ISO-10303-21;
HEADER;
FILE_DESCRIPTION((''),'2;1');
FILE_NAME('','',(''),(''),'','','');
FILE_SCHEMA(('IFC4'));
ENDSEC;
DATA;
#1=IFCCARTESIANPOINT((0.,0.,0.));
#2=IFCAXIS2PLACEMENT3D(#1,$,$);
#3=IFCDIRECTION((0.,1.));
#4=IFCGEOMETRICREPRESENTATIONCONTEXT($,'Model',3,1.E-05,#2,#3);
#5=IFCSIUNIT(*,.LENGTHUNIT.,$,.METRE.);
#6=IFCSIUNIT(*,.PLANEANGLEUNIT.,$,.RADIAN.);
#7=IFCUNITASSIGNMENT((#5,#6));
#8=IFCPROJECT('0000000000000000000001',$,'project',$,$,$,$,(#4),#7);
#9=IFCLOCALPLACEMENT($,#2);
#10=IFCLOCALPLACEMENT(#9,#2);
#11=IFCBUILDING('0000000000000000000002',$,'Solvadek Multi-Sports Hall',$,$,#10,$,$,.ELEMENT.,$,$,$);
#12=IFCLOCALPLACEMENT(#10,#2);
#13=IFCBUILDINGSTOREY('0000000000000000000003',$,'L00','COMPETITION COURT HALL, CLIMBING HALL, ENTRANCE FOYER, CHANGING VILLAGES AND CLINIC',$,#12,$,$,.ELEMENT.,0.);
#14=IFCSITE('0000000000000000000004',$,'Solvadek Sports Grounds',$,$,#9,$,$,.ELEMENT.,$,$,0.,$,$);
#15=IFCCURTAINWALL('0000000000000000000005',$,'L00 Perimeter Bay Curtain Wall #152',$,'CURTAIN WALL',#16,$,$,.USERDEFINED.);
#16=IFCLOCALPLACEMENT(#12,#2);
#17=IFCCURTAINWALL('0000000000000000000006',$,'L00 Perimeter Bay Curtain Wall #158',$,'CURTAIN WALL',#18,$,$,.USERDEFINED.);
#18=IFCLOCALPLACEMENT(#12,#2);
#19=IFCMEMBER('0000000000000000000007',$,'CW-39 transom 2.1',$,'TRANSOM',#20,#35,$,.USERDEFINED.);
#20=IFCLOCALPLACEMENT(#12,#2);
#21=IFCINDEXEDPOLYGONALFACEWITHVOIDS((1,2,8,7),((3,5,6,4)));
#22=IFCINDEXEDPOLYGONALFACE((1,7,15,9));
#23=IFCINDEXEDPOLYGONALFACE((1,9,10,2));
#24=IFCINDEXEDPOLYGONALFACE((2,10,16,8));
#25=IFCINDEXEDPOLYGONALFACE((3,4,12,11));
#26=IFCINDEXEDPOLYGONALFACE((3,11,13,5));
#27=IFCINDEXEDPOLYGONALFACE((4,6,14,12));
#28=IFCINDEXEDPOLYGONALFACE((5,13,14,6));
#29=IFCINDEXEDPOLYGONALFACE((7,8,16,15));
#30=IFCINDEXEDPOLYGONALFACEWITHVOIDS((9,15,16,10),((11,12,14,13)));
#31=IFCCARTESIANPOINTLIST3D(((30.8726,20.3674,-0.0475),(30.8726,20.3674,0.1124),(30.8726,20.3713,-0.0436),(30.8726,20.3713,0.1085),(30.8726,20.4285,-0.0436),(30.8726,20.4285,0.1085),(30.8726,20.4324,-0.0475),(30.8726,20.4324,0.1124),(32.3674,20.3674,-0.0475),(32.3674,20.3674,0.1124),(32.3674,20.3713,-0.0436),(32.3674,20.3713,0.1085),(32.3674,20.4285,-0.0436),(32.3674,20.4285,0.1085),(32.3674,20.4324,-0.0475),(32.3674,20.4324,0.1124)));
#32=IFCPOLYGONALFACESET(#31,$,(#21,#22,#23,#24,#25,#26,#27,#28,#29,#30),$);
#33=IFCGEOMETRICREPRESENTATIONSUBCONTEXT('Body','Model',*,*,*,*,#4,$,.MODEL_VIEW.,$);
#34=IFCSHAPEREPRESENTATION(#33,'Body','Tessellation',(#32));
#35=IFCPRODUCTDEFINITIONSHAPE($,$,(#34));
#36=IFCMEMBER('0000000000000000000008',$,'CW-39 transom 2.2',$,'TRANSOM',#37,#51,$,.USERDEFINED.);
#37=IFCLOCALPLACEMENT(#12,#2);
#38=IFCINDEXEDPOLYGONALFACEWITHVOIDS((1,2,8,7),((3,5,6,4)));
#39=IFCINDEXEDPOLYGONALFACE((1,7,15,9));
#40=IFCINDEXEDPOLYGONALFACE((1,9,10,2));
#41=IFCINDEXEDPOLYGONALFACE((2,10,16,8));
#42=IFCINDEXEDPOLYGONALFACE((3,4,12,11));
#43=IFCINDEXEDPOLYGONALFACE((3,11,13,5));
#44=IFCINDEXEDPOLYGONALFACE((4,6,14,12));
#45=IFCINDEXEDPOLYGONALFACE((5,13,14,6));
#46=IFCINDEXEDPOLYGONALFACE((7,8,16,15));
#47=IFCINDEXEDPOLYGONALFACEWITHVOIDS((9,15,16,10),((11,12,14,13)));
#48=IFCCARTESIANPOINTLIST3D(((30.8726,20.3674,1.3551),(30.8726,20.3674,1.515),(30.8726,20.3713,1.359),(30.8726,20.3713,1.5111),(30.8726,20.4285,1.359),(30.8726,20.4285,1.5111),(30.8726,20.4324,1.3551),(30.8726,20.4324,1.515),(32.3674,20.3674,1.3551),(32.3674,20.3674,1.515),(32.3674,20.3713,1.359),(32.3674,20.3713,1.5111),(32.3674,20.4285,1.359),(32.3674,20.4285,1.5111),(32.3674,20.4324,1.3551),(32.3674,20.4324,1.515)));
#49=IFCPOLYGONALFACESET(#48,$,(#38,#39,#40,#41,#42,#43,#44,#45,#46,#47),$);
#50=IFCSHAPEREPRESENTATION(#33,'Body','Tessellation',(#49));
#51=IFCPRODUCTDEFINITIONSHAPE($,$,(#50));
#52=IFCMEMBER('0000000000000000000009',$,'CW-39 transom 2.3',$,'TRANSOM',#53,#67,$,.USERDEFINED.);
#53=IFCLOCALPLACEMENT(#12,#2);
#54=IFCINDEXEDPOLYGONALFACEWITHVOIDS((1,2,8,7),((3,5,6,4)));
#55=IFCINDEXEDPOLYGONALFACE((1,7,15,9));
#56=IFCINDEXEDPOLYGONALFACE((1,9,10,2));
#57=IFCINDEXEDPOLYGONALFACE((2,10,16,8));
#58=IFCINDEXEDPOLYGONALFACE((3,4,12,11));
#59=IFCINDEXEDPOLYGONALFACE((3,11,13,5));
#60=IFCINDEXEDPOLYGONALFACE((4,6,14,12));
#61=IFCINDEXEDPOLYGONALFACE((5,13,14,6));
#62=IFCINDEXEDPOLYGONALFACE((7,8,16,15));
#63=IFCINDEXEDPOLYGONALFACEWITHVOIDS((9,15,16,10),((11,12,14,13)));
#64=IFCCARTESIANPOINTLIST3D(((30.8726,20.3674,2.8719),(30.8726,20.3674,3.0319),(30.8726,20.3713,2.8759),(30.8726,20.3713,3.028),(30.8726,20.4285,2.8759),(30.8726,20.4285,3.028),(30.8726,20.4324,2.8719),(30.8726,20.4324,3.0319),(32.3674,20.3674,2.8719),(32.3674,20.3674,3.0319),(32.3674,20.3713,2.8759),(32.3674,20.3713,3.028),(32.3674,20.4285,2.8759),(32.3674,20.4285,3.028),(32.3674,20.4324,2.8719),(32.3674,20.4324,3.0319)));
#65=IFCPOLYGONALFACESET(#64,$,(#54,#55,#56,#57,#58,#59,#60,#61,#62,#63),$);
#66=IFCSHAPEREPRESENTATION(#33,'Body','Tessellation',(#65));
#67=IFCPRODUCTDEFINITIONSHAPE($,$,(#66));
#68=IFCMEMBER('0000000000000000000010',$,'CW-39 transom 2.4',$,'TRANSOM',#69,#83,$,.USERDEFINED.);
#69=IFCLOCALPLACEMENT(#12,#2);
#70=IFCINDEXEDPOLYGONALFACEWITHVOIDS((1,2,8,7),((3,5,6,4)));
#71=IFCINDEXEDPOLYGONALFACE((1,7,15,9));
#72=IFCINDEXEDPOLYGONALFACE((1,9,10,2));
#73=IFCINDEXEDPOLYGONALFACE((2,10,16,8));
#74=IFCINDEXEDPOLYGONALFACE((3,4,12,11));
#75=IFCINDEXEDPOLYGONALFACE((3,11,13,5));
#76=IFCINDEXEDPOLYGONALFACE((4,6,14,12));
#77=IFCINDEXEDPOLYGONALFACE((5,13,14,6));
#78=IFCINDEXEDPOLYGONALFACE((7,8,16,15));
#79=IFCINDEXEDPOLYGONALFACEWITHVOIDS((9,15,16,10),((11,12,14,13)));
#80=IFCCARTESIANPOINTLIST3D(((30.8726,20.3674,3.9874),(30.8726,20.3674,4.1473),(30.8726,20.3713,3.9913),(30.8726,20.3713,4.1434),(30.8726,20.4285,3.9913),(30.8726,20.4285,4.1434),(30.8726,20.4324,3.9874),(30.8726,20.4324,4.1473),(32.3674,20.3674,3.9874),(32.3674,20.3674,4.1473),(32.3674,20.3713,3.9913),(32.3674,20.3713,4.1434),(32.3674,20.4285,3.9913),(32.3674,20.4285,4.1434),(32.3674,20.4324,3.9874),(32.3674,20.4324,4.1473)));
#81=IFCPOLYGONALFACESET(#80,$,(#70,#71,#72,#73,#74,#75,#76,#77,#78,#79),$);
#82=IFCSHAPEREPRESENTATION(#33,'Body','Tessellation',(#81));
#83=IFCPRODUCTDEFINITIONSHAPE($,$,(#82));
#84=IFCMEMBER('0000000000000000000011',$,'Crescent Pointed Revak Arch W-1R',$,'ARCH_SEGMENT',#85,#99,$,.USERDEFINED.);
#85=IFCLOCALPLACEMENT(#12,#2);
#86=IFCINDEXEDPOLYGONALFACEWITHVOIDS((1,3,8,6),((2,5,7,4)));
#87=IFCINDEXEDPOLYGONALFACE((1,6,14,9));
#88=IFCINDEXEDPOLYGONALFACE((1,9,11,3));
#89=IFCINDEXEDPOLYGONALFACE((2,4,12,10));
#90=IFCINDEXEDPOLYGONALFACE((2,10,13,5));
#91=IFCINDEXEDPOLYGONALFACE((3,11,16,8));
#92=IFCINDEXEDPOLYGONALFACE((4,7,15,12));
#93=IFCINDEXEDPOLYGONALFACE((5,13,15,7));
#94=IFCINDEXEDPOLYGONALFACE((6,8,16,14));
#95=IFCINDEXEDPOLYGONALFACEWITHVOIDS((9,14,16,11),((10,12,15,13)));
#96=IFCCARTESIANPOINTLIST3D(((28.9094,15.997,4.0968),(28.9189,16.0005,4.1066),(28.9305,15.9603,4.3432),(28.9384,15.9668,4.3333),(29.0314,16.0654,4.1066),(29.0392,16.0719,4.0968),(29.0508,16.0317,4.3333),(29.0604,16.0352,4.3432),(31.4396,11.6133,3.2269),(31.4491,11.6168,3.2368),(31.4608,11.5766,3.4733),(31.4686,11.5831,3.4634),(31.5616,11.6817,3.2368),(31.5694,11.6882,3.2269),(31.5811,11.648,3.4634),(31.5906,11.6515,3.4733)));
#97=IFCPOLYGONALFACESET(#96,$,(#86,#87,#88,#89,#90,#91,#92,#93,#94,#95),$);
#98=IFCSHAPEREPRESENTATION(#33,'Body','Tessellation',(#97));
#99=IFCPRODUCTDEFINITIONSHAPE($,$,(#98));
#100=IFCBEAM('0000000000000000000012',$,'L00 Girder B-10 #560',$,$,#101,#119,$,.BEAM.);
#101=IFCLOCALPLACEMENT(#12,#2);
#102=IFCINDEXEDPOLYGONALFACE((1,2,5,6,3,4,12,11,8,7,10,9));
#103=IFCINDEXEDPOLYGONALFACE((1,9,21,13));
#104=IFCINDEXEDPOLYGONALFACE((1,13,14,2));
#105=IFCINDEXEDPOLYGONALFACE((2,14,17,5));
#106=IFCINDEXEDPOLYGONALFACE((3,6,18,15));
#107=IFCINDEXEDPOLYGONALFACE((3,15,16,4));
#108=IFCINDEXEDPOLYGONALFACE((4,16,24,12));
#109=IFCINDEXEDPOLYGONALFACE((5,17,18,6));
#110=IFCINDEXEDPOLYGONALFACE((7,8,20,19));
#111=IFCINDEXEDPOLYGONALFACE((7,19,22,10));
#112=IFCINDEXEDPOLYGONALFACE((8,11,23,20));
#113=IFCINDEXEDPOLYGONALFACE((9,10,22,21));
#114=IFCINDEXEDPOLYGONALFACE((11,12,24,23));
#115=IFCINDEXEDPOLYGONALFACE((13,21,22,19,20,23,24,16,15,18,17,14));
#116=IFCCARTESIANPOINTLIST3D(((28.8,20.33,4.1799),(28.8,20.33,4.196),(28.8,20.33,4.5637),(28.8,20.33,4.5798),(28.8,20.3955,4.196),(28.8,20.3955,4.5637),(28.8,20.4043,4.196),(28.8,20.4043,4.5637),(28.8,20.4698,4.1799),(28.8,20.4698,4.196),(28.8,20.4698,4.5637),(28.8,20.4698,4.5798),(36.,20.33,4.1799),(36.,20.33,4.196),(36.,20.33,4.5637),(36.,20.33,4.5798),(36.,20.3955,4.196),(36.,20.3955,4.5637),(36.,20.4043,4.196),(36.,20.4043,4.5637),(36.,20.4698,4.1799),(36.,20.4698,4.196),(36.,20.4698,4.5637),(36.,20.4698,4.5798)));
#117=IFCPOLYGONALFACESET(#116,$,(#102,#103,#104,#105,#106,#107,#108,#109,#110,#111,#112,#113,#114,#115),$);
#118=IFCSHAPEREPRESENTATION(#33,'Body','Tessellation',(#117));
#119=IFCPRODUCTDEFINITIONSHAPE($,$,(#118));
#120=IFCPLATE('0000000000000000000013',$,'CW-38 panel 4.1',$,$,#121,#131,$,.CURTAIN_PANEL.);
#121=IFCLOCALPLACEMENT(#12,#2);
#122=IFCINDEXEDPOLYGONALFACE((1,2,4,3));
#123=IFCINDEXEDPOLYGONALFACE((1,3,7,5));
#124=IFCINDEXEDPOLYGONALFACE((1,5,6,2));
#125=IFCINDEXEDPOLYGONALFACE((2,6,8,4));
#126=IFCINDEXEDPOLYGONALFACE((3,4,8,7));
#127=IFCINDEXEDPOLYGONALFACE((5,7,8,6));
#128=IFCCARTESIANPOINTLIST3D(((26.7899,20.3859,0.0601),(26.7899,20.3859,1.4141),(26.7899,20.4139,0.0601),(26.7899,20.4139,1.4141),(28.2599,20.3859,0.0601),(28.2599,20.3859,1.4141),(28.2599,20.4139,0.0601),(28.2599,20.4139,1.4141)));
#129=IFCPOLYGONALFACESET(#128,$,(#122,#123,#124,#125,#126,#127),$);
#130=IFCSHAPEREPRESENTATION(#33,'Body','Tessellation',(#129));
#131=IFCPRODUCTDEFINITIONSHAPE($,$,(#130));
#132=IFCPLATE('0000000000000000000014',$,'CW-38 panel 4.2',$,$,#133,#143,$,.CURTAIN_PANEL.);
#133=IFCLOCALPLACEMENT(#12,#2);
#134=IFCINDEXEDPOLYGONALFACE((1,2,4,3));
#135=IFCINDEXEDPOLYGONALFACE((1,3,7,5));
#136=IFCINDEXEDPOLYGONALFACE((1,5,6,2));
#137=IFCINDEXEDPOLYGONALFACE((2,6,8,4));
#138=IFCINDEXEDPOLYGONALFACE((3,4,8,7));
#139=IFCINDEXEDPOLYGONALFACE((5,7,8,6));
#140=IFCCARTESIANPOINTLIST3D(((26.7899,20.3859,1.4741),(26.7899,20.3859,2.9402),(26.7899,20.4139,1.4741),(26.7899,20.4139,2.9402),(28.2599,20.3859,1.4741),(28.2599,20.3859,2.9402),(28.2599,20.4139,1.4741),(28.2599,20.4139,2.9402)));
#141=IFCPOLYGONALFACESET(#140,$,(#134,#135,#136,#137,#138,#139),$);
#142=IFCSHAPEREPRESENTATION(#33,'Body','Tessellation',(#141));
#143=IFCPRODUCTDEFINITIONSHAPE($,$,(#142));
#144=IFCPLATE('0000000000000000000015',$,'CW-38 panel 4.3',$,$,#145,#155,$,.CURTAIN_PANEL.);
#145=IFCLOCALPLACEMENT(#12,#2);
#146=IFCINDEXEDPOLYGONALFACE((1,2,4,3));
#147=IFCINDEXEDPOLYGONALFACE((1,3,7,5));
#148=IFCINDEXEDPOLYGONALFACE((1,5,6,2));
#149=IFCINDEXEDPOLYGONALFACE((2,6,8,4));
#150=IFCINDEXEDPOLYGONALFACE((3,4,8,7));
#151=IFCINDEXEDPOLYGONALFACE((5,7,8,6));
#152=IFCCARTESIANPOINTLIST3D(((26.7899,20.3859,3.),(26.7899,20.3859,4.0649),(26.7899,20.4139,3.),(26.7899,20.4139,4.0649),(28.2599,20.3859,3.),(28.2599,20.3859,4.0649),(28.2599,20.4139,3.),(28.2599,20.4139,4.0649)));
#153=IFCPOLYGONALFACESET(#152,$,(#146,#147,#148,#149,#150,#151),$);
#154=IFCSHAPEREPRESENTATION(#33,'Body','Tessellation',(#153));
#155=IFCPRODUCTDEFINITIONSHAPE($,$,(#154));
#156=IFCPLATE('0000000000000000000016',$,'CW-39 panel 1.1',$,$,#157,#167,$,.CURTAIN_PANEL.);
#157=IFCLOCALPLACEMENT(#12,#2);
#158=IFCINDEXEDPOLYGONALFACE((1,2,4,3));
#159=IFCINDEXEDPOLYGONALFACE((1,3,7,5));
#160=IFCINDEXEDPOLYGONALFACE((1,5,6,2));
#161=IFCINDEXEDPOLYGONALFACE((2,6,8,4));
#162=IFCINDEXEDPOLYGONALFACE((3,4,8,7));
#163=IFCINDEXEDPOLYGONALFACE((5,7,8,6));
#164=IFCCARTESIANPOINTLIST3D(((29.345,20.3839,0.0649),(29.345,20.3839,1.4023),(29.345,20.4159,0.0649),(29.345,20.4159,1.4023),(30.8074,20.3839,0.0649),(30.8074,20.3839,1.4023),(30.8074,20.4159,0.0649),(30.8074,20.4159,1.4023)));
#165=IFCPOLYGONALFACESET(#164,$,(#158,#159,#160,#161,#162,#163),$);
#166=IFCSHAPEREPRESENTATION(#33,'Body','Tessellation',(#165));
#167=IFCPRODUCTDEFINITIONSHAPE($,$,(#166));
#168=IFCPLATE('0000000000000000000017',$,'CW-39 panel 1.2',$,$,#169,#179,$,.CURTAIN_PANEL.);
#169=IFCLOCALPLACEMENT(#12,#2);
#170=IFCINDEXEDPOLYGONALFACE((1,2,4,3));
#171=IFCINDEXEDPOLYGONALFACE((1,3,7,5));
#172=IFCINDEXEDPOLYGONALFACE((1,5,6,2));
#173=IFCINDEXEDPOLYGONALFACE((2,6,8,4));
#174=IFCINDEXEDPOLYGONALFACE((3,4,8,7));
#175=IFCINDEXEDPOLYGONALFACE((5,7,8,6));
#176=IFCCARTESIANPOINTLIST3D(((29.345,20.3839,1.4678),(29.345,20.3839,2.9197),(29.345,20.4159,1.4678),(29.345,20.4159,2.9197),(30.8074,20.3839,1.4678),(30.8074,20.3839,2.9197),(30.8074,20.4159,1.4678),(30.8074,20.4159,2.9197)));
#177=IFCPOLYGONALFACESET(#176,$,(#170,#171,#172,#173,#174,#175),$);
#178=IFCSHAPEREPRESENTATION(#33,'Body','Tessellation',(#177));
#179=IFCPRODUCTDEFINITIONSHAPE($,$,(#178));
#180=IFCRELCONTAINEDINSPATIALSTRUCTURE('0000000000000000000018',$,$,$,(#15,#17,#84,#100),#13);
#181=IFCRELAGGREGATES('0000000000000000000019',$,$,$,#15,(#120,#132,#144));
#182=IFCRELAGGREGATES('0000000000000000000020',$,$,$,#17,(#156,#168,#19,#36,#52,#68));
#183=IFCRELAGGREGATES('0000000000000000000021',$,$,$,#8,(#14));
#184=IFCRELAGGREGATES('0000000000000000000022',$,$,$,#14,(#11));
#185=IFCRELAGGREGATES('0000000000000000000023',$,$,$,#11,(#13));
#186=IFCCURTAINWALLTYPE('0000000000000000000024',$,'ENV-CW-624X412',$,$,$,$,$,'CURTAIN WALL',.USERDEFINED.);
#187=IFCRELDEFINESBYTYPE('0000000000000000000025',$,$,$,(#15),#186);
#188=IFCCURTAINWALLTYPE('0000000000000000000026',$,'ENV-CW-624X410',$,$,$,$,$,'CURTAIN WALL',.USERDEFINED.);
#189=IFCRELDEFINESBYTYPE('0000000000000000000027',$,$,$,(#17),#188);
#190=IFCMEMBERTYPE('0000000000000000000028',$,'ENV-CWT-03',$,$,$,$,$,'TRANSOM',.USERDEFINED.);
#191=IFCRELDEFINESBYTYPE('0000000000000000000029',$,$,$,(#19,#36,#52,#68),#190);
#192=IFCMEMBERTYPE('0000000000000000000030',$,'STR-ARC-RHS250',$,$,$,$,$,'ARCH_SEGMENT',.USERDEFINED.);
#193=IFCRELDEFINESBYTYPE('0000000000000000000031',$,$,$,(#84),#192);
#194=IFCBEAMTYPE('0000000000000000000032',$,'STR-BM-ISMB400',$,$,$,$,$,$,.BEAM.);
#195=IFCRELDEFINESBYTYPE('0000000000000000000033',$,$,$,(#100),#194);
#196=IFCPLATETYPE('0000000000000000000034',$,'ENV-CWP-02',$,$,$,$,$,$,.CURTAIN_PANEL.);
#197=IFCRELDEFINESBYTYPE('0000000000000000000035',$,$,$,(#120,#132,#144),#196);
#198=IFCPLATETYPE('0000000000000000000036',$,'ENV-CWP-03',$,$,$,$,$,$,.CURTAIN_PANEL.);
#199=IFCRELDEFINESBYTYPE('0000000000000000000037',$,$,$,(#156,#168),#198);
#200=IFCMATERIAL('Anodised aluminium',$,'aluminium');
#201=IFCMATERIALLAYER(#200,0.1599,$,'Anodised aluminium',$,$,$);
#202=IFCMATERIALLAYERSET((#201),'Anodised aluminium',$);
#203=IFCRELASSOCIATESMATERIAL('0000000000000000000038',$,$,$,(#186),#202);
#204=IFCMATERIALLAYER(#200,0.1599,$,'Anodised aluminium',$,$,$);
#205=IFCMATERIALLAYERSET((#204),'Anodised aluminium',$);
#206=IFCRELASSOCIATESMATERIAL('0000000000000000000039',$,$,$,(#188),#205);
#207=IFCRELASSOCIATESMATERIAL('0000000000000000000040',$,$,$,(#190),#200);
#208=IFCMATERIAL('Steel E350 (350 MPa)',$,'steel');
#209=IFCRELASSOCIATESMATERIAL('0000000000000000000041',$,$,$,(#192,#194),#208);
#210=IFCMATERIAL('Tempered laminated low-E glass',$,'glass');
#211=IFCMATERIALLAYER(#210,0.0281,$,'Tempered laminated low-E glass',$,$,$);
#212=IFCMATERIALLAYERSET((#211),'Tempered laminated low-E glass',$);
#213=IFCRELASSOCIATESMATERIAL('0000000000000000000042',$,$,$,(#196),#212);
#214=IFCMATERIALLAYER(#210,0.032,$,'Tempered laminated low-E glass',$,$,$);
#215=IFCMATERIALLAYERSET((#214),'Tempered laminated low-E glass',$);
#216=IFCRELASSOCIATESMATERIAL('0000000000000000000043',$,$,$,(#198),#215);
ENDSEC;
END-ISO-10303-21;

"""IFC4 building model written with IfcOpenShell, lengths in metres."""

from ifc_helpers import new_model, si_unit, direction, frame, origin, origin_2d, place, context, subcontext, project, spatial, rectangle, hollow_rectangle, i_section, extrude, material, layer, layer_set, material_profile, profile_set, type_object, element, aggregate, save


model = new_model("IFC4")

# Units and contexts
model_context = context("Model", 3, precision=1e-05, world=origin(), true_north=direction((0.0, 1.0)))
body_context = subcontext(model_context, "Body", "Model", "MODEL_VIEW")
ifc_project = project(units=[si_unit("LENGTHUNIT", "METRE"), si_unit("PLANEANGLEUNIT", "RADIAN")], contexts=[model_context])

# Site, building, storey
site_placement = place(None, origin())
site = spatial("IfcSite", under=ifc_project, at=site_placement, Name="Solvadek Sports Grounds", CompositionType="ELEMENT", RefElevation=0.0)
building_placement = place(site_placement, origin())
building = spatial("IfcBuilding", under=site, at=building_placement, Name="Solvadek Multi-Sports Hall", CompositionType="ELEMENT")
storey_placement = place(building_placement, origin())
storey = spatial("IfcBuildingStorey", under=building, at=storey_placement, Name="L00", Description="COMPETITION COURT HALL, CLIMBING HALL, ENTRANCE FOYER, CHANGING VILLAGES AND CLINIC", CompositionType="ELEMENT", Elevation=0.0)

# Shared definitions
ifc_material_1 = material(Name="Steel E350 (350 MPa)", Category="steel")

# Curtain wall
ifc_material_2 = material(Name="Anodised aluminium", Category="aluminium")
ifc_layer_1 = layer(ifc_material_2, 0.1599, Name="Anodised aluminium")
ifc_layer_set_1 = layer_set([ifc_layer_1], Name="Anodised aluminium")
curtain_wall_type_1 = type_object("IfcCurtainWallType", Name="ENV-CW-624X412", ElementType="CURTAIN WALL", PredefinedType="USERDEFINED", material=ifc_layer_set_1)
curtain_wall_1_placement = place(storey_placement, origin())
curtain_wall_1 = element("IfcCurtainWall", 1, at=curtain_wall_1_placement, inside=storey, type_object=curtain_wall_type_1, Name="L00 Perimeter Bay Curtain Wall #152", ObjectType="CURTAIN WALL", PredefinedType="USERDEFINED")

# Curtain wall
ifc_layer_2 = layer(ifc_material_2, 0.1599, Name="Anodised aluminium")
ifc_layer_set_2 = layer_set([ifc_layer_2], Name="Anodised aluminium")
curtain_wall_type_2 = type_object("IfcCurtainWallType", Name="ENV-CW-624X410", ElementType="CURTAIN WALL", PredefinedType="USERDEFINED", material=ifc_layer_set_2)
curtain_wall_2_placement = place(storey_placement, origin())
curtain_wall_2 = element("IfcCurtainWall", 2, at=curtain_wall_2_placement, inside=storey, type_object=curtain_wall_type_2, Name="L00 Perimeter Bay Curtain Wall #158", ObjectType="CURTAIN WALL", PredefinedType="USERDEFINED")

# Members
ifc_material_profile_1 = material_profile(ifc_material_2, hollow_rectangle(XDim=0.0649, YDim=0.1599, WallThickness=0.0039, at=origin_2d()), Name="ALU-T 160x65x4")
ifc_profile_set_1 = profile_set([ifc_material_profile_1], Name="Anodised aluminium")
member_type_1 = type_object("IfcMemberType", Name="ENV-CWT-03", ElementType="TRANSOM", PredefinedType="USERDEFINED", material=ifc_profile_set_1)
member_1_placement = place(storey_placement, frame((30.8726, 20.3999, 0.0325), z_axis=(1.0, 0.0, 0.0), x_axis=(0.0, 1.0, 0.0)))
member_1 = element("IfcMember", 3, at=member_1_placement, type_object=member_type_1, Name="CW-39 transom 2.1", ObjectType="TRANSOM", PredefinedType="USERDEFINED", context=body_context, shape_type="SweptSolid", body=[
    extrude(hollow_rectangle(XDim=0.0649, YDim=0.1599, WallThickness=0.0039, at=origin_2d()), origin(), (0.0, 0.0, 1.0), 1.4949),
])
member_2_placement = place(storey_placement, frame((30.8726, 20.3999, 1.4351), z_axis=(1.0, 0.0, 0.0), x_axis=(0.0, 1.0, 0.0)))
member_2 = element("IfcMember", 4, at=member_2_placement, type_object=member_type_1, Name="CW-39 transom 2.2", ObjectType="TRANSOM", PredefinedType="USERDEFINED", context=body_context, shape_type="SweptSolid", body=[
    extrude(hollow_rectangle(XDim=0.0649, YDim=0.1599, WallThickness=0.0039, at=origin_2d()), origin(), (0.0, 0.0, 1.0), 1.4949),
])
member_3_placement = place(storey_placement, frame((30.8726, 20.3999, 2.9519), z_axis=(1.0, 0.0, 0.0), x_axis=(0.0, 1.0, 0.0)))
member_3 = element("IfcMember", 5, at=member_3_placement, type_object=member_type_1, Name="CW-39 transom 2.3", ObjectType="TRANSOM", PredefinedType="USERDEFINED", context=body_context, shape_type="SweptSolid", body=[
    extrude(hollow_rectangle(XDim=0.0649, YDim=0.1599, WallThickness=0.0039, at=origin_2d()), origin(), (0.0, 0.0, 1.0), 1.4949),
])
member_4_placement = place(storey_placement, frame((30.8726, 20.3999, 4.0674), z_axis=(1.0, 0.0, 0.0), x_axis=(0.0, 1.0, 0.0)))
member_4 = element("IfcMember", 6, at=member_4_placement, type_object=member_type_1, Name="CW-39 transom 2.4", ObjectType="TRANSOM", PredefinedType="USERDEFINED", context=body_context, shape_type="SweptSolid", body=[
    extrude(hollow_rectangle(XDim=0.0649, YDim=0.1599, WallThickness=0.0039, at=origin_2d()), origin(), (0.0, 0.0, 1.0), 1.4949),
])
ifc_material_profile_2 = material_profile(ifc_material_1, hollow_rectangle(XDim=0.1499, YDim=0.25, WallThickness=0.01, at=origin_2d()), Name="RHS 250x150x10")
ifc_profile_set_2 = profile_set([ifc_material_profile_2], Name="Steel E350 (350 MPa)")
member_type_2 = type_object("IfcMemberType", Name="STR-ARC-RHS250", ElementType="ARCH_SEGMENT", PredefinedType="USERDEFINED", material=ifc_profile_set_2)
member_5_placement = place(storey_placement, frame((28.9849, 16.0161, 4.22), z_axis=(0.492672, -0.853573, -0.169374), x_axis=(0.866086, 0.499895, 0.0)))
element("IfcMember", 7, at=member_5_placement, inside=storey, type_object=member_type_2, Name="Crescent Pointed Revak Arch W-1R", ObjectType="ARCH_SEGMENT", PredefinedType="USERDEFINED", context=body_context, shape_type="SweptSolid", body=[
    extrude(hollow_rectangle(XDim=0.1499, YDim=0.25, WallThickness=0.01, at=origin_2d()), origin(), (0.0, 0.0, 1.0), 5.1357),
])

# Beam
ifc_material_profile_3 = material_profile(ifc_material_1, i_section(OverallWidth=0.1399, OverallDepth=0.3999, WebThickness=0.0088, FlangeThickness=0.0161, at=origin_2d()), Name="ISMB 400")
ifc_profile_set_3 = profile_set([ifc_material_profile_3], Name="Steel E350 (350 MPa)")
beam_type = type_object("IfcBeamType", Name="STR-BM-ISMB400", PredefinedType="BEAM", material=ifc_profile_set_3)
beam_placement = place(storey_placement, frame((28.8, 20.3999, 4.3799), z_axis=(1.0, 0.0, 0.0), x_axis=(0.0, 1.0, 0.0)))
element("IfcBeam", 8, at=beam_placement, inside=storey, type_object=beam_type, Name="L00 Girder B-10 #560", PredefinedType="BEAM", context=body_context, shape_type="SweptSolid", body=[
    extrude(i_section(OverallWidth=0.1399, OverallDepth=0.3999, WebThickness=0.0088, FlangeThickness=0.0161, at=origin_2d()), origin(), (0.0, 0.0, 1.0), 7.2),
])

# Plates
ifc_material_3 = material(Name="Tempered laminated low-E glass", Category="glass")
ifc_layer_3 = layer(ifc_material_3, 0.0281, Name="Tempered laminated low-E glass")
ifc_layer_set_3 = layer_set([ifc_layer_3], Name="Tempered laminated low-E glass")
plate_type_1 = type_object("IfcPlateType", Name="ENV-CWP-02", PredefinedType="CURTAIN_PANEL", material=ifc_layer_set_3)
plate_1_placement = place(storey_placement, frame((27.5249, 20.3999, 0.0601), z_axis=(0.0, 0.0, 1.0), x_axis=(1.0, 0.0, 0.0)))
plate_1 = element("IfcPlate", 9, at=plate_1_placement, type_object=plate_type_1, Name="CW-38 panel 4.1", PredefinedType="CURTAIN_PANEL", context=body_context, shape_type="SweptSolid", body=[
    extrude(rectangle(XDim=1.47, YDim=0.0281, at=origin_2d()), origin(), (0.0, 0.0, 1.0), 1.354),
])
plate_2_placement = place(storey_placement, frame((27.5249, 20.3999, 1.4741), z_axis=(0.0, 0.0, 1.0), x_axis=(1.0, 0.0, 0.0)))
plate_2 = element("IfcPlate", 10, at=plate_2_placement, type_object=plate_type_1, Name="CW-38 panel 4.2", PredefinedType="CURTAIN_PANEL", context=body_context, shape_type="SweptSolid", body=[
    extrude(rectangle(XDim=1.47, YDim=0.0281, at=origin_2d()), origin(), (0.0, 0.0, 1.0), 1.4661),
])
plate_3_placement = place(storey_placement, frame((27.5249, 20.3999, 3.0), z_axis=(0.0, 0.0, 1.0), x_axis=(1.0, 0.0, 0.0)))
plate_3 = element("IfcPlate", 11, at=plate_3_placement, type_object=plate_type_1, Name="CW-38 panel 4.3", PredefinedType="CURTAIN_PANEL", context=body_context, shape_type="SweptSolid", body=[
    extrude(rectangle(XDim=1.47, YDim=0.0281, at=origin_2d()), origin(), (0.0, 0.0, 1.0), 1.0649),
])
aggregate(curtain_wall_1, [plate_1, plate_2, plate_3])
ifc_layer_4 = layer(ifc_material_3, 0.032, Name="Tempered laminated low-E glass")
ifc_layer_set_4 = layer_set([ifc_layer_4], Name="Tempered laminated low-E glass")
plate_type_2 = type_object("IfcPlateType", Name="ENV-CWP-03", PredefinedType="CURTAIN_PANEL", material=ifc_layer_set_4)
plate_4_placement = place(storey_placement, frame((30.0762, 20.3999, 0.0649), z_axis=(0.0, 0.0, 1.0), x_axis=(1.0, 0.0, 0.0)))
plate_4 = element("IfcPlate", 12, at=plate_4_placement, type_object=plate_type_2, Name="CW-39 panel 1.1", PredefinedType="CURTAIN_PANEL", context=body_context, shape_type="SweptSolid", body=[
    extrude(rectangle(XDim=1.4624, YDim=0.032, at=origin_2d()), origin(), (0.0, 0.0, 1.0), 1.3374),
])
plate_5_placement = place(storey_placement, frame((30.0762, 20.3999, 1.4678), z_axis=(0.0, 0.0, 1.0), x_axis=(1.0, 0.0, 0.0)))
plate_5 = element("IfcPlate", 13, at=plate_5_placement, type_object=plate_type_2, Name="CW-39 panel 1.2", PredefinedType="CURTAIN_PANEL", context=body_context, shape_type="SweptSolid", body=[
    extrude(rectangle(XDim=1.4624, YDim=0.032, at=origin_2d()), origin(), (0.0, 0.0, 1.0), 1.4519),
])
aggregate(curtain_wall_2, [plate_4, plate_5, member_1, member_2, member_3, member_4])

save(model, "model.ifc")
